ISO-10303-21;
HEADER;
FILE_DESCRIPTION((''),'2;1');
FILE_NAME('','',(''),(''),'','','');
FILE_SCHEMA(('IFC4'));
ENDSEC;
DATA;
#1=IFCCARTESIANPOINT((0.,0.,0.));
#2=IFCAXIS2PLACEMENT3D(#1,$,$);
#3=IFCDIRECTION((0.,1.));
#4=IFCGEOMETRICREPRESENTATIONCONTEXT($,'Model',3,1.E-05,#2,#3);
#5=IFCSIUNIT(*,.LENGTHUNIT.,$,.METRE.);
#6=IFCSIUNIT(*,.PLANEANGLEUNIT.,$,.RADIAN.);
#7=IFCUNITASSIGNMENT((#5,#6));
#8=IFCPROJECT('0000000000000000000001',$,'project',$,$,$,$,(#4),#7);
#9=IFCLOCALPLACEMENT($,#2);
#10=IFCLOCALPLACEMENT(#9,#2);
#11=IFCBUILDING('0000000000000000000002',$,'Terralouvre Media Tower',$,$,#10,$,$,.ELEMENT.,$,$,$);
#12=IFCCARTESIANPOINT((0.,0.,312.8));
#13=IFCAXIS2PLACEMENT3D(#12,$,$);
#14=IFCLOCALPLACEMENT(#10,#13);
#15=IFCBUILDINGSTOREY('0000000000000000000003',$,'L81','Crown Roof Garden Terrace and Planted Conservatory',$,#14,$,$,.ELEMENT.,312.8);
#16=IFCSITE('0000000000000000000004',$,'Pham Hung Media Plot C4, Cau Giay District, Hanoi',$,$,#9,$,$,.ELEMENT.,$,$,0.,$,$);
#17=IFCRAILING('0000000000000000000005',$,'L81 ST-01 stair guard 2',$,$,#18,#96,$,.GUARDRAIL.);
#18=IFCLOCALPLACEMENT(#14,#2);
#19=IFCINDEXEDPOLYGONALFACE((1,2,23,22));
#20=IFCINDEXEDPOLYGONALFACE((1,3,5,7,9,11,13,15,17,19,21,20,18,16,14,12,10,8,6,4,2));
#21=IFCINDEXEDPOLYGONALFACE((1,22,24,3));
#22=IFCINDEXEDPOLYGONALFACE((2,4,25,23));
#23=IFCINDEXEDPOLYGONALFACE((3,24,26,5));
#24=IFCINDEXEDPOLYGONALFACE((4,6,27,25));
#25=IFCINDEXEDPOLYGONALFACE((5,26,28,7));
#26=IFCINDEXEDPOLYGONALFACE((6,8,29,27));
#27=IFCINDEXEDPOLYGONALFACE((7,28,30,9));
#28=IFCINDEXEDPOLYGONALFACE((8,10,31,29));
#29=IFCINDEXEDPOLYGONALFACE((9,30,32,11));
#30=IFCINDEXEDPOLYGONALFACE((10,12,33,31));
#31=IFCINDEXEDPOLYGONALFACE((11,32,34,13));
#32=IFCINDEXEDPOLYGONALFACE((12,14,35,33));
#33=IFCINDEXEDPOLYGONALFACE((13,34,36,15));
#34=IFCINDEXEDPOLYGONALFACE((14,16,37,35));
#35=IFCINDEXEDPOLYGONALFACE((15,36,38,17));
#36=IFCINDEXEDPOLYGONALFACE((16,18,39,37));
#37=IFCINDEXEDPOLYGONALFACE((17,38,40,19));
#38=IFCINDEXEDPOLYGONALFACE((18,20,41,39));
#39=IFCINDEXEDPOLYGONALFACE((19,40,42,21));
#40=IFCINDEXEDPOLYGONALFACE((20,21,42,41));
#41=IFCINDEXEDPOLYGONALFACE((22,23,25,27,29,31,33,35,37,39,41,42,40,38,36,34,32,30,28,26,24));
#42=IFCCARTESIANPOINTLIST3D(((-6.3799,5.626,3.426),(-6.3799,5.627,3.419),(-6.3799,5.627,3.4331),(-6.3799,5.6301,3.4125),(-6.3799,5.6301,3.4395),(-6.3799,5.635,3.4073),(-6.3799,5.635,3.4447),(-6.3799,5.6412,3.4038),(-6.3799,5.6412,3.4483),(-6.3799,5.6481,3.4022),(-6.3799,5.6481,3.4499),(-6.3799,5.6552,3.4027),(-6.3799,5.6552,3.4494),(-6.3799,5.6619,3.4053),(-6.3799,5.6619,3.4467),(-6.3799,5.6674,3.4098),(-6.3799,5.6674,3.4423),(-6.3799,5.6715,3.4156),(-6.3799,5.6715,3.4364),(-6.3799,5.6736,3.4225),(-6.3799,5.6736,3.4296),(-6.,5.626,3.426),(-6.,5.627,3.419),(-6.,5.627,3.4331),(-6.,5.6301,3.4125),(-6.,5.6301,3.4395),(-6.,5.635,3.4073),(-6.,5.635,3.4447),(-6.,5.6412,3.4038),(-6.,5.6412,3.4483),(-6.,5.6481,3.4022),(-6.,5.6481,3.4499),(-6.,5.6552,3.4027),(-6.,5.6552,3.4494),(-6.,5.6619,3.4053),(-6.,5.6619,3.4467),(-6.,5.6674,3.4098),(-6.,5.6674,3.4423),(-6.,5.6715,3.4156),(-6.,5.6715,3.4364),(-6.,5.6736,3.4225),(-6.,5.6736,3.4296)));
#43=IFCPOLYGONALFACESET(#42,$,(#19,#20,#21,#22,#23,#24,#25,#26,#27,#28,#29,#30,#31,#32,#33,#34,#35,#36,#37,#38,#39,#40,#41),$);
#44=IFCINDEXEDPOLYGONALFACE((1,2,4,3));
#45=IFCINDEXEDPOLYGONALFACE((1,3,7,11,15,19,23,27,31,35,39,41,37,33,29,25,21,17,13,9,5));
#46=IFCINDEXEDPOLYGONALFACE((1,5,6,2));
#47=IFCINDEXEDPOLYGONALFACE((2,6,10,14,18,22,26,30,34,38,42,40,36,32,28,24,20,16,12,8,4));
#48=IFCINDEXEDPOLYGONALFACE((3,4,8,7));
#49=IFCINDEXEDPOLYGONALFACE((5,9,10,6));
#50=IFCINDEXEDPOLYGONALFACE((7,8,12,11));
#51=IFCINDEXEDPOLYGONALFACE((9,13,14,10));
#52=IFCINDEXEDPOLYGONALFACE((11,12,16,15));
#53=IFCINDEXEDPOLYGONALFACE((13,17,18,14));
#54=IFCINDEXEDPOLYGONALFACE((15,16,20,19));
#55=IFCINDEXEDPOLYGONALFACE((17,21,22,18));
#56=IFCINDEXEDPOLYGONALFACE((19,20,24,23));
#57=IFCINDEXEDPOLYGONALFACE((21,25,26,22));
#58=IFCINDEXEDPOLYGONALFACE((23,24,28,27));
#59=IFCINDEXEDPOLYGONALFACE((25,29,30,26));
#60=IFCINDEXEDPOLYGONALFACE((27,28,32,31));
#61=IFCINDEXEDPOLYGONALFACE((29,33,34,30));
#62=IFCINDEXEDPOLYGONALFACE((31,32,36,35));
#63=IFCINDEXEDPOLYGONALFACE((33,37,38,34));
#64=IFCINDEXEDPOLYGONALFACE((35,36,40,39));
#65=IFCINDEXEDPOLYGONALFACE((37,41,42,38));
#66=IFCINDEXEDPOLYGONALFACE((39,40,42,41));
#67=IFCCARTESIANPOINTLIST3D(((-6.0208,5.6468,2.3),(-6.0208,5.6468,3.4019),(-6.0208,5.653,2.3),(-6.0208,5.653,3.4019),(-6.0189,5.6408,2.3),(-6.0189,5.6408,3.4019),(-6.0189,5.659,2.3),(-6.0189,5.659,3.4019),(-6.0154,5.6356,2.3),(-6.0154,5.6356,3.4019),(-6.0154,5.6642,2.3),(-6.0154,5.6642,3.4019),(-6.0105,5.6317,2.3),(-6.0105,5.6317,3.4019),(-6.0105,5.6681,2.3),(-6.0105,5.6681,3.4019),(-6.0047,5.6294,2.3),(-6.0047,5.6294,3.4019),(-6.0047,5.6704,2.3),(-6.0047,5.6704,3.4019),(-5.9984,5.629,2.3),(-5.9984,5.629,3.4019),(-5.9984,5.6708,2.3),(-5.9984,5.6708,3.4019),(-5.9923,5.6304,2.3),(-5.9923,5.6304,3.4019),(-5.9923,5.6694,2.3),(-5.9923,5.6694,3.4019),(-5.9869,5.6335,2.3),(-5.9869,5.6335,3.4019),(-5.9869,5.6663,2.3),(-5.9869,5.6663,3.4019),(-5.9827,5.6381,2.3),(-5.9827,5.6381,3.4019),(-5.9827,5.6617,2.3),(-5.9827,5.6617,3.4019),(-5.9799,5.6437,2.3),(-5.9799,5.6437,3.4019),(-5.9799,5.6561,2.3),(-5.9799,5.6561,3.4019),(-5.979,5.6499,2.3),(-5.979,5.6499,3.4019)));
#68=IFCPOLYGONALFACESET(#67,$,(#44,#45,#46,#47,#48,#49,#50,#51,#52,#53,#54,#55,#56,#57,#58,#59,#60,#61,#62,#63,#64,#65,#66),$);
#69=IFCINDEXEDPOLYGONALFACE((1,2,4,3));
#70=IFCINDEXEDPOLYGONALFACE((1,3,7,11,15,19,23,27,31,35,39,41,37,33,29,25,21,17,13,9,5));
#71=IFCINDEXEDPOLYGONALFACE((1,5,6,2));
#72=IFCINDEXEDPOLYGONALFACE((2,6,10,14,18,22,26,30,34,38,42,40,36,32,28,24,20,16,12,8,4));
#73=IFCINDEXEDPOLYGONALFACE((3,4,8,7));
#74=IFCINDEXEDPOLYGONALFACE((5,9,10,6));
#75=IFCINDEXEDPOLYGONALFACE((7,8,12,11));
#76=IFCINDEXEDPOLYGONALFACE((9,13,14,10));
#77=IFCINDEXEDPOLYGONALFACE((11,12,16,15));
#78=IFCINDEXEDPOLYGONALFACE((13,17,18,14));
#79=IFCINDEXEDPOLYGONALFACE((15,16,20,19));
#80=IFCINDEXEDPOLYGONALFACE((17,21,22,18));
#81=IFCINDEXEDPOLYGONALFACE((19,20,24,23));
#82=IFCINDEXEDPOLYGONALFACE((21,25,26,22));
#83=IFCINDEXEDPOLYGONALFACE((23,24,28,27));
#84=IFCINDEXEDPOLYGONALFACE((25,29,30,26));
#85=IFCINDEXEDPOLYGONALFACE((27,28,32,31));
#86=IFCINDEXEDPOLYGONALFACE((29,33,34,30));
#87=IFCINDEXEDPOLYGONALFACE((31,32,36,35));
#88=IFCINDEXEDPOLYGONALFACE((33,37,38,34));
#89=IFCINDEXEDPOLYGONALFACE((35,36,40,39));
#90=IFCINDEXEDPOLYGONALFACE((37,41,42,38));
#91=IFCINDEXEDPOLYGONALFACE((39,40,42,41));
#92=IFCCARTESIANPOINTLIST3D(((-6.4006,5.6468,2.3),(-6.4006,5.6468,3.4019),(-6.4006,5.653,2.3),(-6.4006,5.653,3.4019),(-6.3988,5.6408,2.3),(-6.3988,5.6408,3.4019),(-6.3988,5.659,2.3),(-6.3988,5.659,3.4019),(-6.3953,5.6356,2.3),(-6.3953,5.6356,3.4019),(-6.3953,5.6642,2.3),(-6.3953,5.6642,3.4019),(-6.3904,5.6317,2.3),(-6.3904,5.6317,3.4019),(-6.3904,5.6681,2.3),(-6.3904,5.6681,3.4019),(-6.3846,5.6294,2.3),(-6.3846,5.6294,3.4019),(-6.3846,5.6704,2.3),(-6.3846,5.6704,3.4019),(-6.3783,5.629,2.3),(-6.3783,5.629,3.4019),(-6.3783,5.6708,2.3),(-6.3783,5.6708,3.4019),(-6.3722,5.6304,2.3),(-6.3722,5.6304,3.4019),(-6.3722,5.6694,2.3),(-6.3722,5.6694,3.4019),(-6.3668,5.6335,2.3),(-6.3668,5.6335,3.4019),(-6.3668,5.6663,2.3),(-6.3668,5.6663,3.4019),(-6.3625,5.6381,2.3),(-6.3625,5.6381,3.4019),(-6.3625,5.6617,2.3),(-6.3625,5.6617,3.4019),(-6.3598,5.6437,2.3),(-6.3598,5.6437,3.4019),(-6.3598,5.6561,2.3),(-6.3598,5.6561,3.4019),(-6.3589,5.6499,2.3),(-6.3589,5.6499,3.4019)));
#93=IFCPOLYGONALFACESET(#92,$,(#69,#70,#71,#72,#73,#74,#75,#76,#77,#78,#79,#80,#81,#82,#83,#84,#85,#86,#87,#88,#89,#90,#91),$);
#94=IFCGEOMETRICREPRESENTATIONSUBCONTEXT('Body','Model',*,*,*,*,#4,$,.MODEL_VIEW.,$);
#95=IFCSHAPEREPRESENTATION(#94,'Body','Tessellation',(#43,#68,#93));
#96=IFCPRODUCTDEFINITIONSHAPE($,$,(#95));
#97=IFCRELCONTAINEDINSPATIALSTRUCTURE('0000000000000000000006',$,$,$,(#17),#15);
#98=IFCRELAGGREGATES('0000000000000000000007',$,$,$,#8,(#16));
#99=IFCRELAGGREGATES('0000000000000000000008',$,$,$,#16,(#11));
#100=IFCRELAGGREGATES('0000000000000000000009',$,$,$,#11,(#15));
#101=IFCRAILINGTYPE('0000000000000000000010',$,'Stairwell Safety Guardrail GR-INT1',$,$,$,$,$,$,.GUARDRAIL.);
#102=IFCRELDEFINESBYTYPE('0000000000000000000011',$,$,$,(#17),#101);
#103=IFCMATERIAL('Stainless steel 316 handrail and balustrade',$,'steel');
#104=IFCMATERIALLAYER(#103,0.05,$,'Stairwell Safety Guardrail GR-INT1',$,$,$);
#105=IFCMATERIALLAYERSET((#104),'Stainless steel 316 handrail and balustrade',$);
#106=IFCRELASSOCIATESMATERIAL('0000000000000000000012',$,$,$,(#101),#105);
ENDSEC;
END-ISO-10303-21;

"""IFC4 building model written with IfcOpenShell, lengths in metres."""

from ifc_helpers import new_model, si_unit, direction, frame, origin, origin_2d, place, context, subcontext, project, spatial, circle, extrude, material, layer, layer_set, type_object, element, save


model = new_model("IFC4")

# Units and contexts
model_context = context("Model", 3, precision=1e-05, world=origin(), true_north=direction((0.0, 1.0)))
body_context = subcontext(model_context, "Body", "Model", "MODEL_VIEW")
ifc_project = project(units=[si_unit("LENGTHUNIT", "METRE"), si_unit("PLANEANGLEUNIT", "RADIAN")], contexts=[model_context])

# Site, building, storey
site_placement = place(None, origin())
site = spatial("IfcSite", under=ifc_project, at=site_placement, Name="Pham Hung Media Plot C4, Cau Giay District, Hanoi", CompositionType="ELEMENT", RefElevation=0.0)
building_placement = place(site_placement, origin())
building = spatial("IfcBuilding", under=site, at=building_placement, Name="Terralouvre Media Tower", CompositionType="ELEMENT")
storey_placement = place(building_placement, frame((0.0, 0.0, 312.8)))
storey = spatial("IfcBuildingStorey", under=building, at=storey_placement, Name="L81", Description="Crown Roof Garden Terrace and Planted Conservatory", CompositionType="ELEMENT", Elevation=312.8)

# Railing
ifc_material_1 = material(Name="Stainless steel 316 handrail and balustrade", Category="steel")
ifc_layer_1 = layer(ifc_material_1, 0.05, Name="Stairwell Safety Guardrail GR-INT1")
ifc_layer_set_1 = layer_set([ifc_layer_1], Name="Stainless steel 316 handrail and balustrade")
railing_type_1 = type_object("IfcRailingType", Name="Stairwell Safety Guardrail GR-INT1", PredefinedType="GUARDRAIL", material=ifc_layer_set_1)
railing_1_placement = place(storey_placement, frame((-6.0, 5.6499, 2.3)))
element("IfcRailing", 1, at=railing_1_placement, inside=storey, type_object=railing_type_1, Name="L81 ST-01 stair guard 2", PredefinedType="GUARDRAIL", context=body_context, shape_type="SweptSolid", body=[
    extrude(circle(Radius=0.0239, at=origin_2d()), frame((0.0, 0.0, 1.126), z_axis=(-1.0, 0.0, 0.0), x_axis=(0.0, -1.0, 0.0)), (0.0, 0.0, 1.0), 0.3799),
    extrude(circle(Radius=0.021, at=origin_2d()), origin(), (0.0, 0.0, 1.0), 1.1018),
    extrude(circle(Radius=0.021, at=origin_2d()), frame((-0.3799, 0.0, 0.0)), (0.0, 0.0, 1.0), 1.1018),
])

save(model, "model.ifc")
